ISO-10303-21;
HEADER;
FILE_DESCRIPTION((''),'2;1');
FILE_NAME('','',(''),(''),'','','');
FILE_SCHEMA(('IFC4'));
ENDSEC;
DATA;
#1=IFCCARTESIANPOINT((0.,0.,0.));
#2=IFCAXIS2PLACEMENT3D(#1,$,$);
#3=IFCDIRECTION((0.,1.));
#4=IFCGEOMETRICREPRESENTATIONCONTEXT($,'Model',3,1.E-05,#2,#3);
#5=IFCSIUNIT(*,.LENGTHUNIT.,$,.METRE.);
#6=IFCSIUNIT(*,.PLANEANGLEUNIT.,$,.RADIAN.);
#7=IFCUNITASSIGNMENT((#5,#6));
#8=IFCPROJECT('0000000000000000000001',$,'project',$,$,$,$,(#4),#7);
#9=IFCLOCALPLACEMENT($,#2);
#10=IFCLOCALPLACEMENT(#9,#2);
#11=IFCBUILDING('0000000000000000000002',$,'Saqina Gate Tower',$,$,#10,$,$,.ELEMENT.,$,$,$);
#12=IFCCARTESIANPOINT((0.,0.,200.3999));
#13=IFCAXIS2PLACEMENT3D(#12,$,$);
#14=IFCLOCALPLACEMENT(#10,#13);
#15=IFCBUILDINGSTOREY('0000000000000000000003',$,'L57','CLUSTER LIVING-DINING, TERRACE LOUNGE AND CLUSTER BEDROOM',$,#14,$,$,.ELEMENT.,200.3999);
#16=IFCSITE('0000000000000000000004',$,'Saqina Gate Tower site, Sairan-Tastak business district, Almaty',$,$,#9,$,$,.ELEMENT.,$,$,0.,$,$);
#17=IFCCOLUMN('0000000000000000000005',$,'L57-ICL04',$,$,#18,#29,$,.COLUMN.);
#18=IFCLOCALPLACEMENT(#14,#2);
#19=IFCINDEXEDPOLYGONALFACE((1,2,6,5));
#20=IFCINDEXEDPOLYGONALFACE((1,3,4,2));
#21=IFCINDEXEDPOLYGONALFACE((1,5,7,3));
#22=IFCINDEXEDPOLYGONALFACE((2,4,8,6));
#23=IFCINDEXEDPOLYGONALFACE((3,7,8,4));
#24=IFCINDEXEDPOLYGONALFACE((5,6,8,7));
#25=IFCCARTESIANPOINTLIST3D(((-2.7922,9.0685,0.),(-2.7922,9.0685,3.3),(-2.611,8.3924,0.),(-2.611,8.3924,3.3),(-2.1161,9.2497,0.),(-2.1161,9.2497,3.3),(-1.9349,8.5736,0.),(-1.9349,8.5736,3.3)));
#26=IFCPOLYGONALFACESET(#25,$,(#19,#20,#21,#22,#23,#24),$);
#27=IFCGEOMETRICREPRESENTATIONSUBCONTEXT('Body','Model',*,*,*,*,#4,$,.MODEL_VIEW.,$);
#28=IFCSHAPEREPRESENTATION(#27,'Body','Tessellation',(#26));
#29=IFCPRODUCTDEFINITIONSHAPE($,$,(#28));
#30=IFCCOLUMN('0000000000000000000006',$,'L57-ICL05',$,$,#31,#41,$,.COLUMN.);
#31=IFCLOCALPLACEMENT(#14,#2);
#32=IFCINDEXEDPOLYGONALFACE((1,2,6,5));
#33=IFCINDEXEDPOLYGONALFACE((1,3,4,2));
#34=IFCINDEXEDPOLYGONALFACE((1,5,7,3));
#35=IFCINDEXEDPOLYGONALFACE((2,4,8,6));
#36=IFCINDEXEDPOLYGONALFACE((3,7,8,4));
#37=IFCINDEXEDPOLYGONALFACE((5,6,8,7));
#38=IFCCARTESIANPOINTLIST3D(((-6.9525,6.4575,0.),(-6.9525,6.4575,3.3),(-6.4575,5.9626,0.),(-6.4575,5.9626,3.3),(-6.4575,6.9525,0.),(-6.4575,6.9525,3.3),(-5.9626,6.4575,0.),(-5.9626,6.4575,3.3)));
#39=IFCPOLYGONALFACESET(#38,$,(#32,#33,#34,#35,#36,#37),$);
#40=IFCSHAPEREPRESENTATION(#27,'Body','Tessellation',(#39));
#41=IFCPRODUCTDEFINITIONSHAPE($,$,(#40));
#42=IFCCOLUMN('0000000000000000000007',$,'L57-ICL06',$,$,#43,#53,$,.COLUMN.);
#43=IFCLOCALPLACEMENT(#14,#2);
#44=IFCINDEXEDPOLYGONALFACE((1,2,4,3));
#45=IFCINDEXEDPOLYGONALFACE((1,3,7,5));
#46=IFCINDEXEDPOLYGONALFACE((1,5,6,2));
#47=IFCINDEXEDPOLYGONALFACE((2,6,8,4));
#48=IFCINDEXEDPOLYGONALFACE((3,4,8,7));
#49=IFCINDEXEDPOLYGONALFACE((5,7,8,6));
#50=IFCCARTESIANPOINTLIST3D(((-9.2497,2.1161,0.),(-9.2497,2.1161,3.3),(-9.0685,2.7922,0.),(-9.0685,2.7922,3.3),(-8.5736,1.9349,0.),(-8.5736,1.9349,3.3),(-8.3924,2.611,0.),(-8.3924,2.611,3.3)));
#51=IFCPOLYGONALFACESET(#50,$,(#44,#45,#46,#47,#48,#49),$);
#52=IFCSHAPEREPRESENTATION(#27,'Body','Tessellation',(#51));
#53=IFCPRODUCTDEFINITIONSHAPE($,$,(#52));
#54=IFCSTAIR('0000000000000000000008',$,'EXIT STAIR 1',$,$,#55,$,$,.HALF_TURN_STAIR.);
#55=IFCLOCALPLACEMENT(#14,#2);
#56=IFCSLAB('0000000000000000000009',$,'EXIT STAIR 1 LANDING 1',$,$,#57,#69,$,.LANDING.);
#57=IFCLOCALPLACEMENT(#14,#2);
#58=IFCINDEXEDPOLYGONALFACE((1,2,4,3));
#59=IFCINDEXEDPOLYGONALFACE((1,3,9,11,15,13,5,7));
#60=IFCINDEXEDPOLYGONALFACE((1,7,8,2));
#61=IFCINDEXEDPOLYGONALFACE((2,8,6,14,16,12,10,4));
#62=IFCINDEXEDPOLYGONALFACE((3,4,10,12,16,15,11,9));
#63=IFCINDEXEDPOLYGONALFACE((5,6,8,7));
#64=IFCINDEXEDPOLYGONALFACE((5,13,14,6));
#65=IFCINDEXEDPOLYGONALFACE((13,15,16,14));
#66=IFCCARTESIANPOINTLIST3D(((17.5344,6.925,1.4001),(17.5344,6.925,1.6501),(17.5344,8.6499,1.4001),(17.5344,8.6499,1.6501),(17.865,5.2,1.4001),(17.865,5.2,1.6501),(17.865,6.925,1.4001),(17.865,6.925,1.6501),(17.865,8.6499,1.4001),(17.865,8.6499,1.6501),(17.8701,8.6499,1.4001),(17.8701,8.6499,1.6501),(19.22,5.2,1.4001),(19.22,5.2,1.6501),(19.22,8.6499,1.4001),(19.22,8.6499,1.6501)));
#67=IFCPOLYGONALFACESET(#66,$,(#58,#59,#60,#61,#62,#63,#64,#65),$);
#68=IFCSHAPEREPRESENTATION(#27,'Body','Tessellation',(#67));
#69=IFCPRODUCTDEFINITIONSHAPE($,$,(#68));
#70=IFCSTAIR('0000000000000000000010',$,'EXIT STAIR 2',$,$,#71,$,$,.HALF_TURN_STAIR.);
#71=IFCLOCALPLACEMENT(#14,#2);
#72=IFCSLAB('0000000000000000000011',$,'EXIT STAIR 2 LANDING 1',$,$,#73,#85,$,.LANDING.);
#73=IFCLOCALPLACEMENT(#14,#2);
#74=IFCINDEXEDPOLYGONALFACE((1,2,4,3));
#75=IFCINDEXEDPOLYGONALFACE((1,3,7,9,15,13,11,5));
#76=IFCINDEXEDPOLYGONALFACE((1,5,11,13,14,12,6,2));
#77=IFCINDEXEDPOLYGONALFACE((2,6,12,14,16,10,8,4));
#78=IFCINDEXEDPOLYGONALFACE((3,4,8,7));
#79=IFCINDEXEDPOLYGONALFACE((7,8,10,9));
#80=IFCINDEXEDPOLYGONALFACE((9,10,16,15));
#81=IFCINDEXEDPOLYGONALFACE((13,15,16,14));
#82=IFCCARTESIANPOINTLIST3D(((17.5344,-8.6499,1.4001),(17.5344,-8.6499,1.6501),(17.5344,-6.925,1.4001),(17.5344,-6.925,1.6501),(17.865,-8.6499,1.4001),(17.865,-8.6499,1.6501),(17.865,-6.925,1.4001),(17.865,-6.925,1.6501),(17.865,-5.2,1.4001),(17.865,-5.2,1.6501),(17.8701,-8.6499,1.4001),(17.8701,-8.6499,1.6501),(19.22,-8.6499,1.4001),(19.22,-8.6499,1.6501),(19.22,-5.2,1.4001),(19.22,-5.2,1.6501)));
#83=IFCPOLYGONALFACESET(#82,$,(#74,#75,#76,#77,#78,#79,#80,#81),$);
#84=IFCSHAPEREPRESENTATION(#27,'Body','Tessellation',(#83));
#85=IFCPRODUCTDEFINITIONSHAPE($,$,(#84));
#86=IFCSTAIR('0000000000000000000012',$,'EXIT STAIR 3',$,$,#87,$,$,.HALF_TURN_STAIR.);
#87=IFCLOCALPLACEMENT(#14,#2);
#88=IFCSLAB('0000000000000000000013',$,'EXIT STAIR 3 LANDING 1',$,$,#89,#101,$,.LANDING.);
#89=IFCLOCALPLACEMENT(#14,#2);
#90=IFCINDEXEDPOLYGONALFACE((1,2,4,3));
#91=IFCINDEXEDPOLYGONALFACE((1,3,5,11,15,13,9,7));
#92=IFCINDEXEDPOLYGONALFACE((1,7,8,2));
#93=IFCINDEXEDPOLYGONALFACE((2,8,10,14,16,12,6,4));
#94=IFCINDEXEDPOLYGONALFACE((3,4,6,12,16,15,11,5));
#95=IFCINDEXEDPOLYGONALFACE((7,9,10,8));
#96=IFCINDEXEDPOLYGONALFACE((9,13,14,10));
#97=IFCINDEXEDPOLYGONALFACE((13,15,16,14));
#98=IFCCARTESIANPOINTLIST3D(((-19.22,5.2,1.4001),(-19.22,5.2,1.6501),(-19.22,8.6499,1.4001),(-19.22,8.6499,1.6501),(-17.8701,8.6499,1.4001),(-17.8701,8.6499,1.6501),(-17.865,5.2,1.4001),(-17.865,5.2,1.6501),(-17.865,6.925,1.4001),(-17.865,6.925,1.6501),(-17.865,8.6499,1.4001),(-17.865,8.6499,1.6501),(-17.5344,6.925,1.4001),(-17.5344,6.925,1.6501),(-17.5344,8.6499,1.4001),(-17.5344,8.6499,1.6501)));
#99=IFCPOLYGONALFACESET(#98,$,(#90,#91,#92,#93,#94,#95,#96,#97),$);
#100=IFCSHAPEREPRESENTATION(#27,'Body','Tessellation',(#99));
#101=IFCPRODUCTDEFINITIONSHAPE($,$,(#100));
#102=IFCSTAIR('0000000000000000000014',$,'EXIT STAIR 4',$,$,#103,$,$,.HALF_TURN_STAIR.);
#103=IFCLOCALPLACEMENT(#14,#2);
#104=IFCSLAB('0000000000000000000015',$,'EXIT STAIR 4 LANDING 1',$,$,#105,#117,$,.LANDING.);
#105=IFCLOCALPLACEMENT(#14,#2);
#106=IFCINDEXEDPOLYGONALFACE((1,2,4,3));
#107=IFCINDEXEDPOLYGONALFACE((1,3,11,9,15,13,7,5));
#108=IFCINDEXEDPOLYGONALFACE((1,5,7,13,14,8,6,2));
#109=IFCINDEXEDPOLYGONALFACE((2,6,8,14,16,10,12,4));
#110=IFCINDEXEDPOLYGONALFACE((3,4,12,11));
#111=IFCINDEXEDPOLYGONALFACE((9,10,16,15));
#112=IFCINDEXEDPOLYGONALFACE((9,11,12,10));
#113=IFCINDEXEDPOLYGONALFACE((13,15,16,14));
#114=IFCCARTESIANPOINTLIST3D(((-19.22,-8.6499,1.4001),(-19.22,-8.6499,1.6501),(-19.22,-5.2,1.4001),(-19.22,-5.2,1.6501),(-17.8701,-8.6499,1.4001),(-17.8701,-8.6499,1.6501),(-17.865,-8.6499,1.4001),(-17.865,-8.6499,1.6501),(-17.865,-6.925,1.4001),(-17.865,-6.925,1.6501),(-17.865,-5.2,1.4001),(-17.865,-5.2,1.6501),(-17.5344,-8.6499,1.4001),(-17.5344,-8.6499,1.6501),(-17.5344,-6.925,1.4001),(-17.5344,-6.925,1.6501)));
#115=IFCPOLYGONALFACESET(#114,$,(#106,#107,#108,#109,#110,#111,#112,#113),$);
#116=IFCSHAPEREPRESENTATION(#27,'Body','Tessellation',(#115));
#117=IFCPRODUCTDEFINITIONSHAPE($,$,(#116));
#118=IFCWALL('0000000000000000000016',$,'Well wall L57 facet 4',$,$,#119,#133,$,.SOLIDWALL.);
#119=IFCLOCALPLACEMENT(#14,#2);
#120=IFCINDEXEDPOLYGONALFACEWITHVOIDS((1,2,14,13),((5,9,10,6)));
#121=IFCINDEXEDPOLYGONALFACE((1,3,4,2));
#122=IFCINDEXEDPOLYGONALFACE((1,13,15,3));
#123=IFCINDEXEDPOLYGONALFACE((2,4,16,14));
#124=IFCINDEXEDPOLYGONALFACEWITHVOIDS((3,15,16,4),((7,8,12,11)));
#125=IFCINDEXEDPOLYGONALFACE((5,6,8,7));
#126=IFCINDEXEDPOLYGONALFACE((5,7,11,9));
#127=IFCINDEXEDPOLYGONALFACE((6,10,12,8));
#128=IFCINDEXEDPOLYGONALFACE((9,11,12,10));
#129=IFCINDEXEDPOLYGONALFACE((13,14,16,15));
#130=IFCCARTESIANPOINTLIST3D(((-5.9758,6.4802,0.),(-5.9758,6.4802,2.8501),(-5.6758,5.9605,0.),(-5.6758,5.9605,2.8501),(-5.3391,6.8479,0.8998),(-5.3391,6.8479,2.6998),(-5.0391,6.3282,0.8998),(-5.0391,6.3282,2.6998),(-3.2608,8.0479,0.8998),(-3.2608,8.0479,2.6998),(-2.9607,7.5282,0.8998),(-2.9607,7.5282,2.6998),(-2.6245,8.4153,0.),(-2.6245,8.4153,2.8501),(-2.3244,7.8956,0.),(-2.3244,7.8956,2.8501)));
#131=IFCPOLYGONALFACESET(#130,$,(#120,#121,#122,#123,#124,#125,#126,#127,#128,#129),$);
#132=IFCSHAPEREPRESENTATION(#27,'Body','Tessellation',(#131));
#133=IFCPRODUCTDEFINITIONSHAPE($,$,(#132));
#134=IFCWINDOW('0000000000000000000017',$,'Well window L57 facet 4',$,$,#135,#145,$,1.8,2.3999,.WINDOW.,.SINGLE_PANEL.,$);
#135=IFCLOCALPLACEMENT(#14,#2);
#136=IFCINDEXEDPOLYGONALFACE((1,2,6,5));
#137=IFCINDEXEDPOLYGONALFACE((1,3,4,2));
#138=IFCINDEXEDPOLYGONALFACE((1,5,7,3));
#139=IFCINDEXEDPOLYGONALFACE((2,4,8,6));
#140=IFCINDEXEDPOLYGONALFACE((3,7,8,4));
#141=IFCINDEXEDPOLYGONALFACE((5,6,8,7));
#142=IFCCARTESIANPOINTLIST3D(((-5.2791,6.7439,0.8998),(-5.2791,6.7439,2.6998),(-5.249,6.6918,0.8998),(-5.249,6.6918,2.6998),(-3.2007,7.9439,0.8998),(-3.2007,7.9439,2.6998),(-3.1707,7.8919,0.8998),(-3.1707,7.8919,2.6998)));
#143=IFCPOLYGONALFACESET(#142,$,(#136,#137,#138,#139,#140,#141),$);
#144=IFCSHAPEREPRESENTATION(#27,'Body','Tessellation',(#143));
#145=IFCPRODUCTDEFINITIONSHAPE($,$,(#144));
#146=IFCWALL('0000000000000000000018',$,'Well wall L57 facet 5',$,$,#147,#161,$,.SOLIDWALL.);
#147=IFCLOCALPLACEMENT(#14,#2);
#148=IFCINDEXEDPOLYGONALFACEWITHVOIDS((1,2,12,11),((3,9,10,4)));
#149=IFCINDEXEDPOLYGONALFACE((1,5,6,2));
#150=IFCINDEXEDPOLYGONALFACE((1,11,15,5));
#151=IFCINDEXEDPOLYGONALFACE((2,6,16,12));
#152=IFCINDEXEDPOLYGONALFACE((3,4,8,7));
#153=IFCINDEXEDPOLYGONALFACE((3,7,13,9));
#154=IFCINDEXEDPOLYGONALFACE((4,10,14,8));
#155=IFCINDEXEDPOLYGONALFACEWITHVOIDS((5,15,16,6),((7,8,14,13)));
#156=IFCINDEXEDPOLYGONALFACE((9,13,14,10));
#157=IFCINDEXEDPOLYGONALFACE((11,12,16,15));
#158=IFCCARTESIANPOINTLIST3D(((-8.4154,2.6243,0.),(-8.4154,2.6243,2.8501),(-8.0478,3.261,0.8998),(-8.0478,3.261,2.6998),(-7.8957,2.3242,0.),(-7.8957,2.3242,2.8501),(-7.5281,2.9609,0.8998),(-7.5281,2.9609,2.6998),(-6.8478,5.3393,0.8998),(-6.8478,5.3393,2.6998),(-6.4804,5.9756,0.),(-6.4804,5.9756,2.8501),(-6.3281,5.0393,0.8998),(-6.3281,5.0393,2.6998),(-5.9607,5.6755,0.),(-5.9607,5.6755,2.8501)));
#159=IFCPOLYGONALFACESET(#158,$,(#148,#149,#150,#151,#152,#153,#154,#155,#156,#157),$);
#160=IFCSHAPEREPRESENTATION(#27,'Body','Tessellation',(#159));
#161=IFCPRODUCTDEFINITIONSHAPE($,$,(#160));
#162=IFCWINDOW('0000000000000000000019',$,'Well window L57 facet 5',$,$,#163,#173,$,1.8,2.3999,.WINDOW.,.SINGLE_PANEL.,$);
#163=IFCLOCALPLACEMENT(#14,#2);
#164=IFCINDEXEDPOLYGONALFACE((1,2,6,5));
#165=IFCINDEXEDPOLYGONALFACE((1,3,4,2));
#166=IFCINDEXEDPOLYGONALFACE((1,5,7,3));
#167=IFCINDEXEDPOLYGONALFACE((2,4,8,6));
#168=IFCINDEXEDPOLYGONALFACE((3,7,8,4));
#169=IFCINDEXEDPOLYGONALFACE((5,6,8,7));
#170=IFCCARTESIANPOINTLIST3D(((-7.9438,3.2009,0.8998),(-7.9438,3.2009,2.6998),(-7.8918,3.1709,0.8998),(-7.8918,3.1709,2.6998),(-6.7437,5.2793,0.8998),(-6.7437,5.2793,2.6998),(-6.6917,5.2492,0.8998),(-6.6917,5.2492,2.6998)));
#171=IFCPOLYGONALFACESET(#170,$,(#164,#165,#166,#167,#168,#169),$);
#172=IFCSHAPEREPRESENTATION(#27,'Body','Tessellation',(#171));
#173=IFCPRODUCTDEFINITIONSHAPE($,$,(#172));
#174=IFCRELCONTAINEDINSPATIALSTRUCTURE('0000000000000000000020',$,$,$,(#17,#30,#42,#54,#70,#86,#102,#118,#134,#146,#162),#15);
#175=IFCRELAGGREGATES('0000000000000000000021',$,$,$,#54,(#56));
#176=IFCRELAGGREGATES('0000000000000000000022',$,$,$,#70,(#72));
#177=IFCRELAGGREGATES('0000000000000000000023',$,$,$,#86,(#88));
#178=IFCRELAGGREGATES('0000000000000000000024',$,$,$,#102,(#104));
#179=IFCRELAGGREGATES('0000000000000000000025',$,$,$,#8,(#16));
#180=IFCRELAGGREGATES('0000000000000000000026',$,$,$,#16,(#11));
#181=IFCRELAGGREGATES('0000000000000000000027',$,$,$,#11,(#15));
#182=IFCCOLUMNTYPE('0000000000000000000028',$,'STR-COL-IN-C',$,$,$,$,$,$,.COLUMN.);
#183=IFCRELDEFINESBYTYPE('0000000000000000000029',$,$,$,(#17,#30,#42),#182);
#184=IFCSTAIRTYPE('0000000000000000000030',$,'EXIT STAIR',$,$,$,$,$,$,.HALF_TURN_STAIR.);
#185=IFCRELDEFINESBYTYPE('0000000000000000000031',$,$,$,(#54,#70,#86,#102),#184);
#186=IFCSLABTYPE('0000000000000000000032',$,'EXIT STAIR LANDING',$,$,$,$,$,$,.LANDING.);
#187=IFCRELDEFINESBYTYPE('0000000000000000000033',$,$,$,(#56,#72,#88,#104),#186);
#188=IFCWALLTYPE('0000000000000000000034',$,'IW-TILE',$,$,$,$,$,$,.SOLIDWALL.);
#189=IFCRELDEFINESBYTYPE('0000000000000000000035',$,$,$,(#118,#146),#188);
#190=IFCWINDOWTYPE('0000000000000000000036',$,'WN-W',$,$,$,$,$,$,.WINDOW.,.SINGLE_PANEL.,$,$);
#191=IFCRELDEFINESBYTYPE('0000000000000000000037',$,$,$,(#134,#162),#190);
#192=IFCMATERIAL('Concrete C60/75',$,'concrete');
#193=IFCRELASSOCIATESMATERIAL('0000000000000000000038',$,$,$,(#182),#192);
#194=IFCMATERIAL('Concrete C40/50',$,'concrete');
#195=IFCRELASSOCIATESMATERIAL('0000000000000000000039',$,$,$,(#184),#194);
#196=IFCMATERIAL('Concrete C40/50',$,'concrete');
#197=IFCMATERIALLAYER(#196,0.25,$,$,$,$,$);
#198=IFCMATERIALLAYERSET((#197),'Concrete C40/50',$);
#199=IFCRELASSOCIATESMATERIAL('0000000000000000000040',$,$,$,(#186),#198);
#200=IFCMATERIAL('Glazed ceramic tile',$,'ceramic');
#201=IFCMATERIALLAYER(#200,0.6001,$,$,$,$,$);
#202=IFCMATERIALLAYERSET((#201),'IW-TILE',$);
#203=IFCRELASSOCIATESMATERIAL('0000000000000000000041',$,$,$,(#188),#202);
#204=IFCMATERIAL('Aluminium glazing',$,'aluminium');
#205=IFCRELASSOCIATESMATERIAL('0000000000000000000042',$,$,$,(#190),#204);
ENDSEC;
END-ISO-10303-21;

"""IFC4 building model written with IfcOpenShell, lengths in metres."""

from ifc_helpers import new_model, si_unit, direction, frame, frame_2d, origin, origin_2d, place, context, subcontext, project, spatial, polyline, rectangle, outline, extrude, material, layer, layer_set, material_profile, profile_set, type_object, element, fill, aggregate, save


model = new_model("IFC4")

# Units and contexts
model_context = context("Model", 3, precision=1e-05, world=origin(), true_north=direction((0.0, 1.0)))
body_context = subcontext(model_context, "Body", "Model", "MODEL_VIEW")
ifc_project = project(units=[si_unit("LENGTHUNIT", "METRE"), si_unit("PLANEANGLEUNIT", "RADIAN")], contexts=[model_context])

# Site, building, storey
site_placement = place(None, origin())
site = spatial("IfcSite", under=ifc_project, at=site_placement, Name="Saqina Gate Tower site, Sairan-Tastak business district, Almaty", CompositionType="ELEMENT", RefElevation=0.0)
building_placement = place(site_placement, origin())
building = spatial("IfcBuilding", under=site, at=building_placement, Name="Saqina Gate Tower", CompositionType="ELEMENT")
storey_placement = place(building_placement, frame((0.0, 0.0, 200.3999)))
storey = spatial("IfcBuildingStorey", under=building, at=storey_placement, Name="L57", Description="CLUSTER LIVING-DINING, TERRACE LOUNGE AND CLUSTER BEDROOM", CompositionType="ELEMENT", Elevation=200.3999)

# Columns
ifc_material_1 = material(Name="Concrete C60/75", Category="concrete")
ifc_material_profile = material_profile(ifc_material_1, rectangle(XDim=0.7, YDim=0.7, at=origin_2d()), Name="RC 700x700")
ifc_profile_set = profile_set([ifc_material_profile], Name="Concrete C60/75")
column_type = type_object("IfcColumnType", Name="STR-COL-IN-C", PredefinedType="COLUMN", material=ifc_profile_set)
for number, where, z_axis, x_axis, name in (
    (1, (-2.3635, 8.821, 0.0), (0.0, 0.0, 1.0), (-0.258819, 0.965926, 0.0), "L57-ICL04"),
    (2, (-6.4575, 6.4575, 0.0), (0.0, 0.0, 1.0), (-0.707107, 0.707107, 0.0), "L57-ICL05"),
    (3, (-8.821, 2.3635, 0.0), (0.0, 0.0, 1.0), (-0.965926, 0.258819, 0.0), "L57-ICL06"),
):
    element("IfcColumn", number, at=place(storey_placement, frame(where, z_axis=z_axis, x_axis=x_axis)), inside=storey, type_object=column_type, Name=name, PredefinedType="COLUMN", context=body_context, shape_type="SweptSolid", body=[
        extrude(rectangle(XDim=0.7, YDim=0.7, at=origin_2d()), origin(), (0.0, 0.0, 1.0), 3.3),
    ])

# Stairs, slabs
ifc_material_2 = material(Name="Concrete C40/50", Category="concrete")
stair_type = type_object("IfcStairType", Name="EXIT STAIR", PredefinedType="HALF_TURN_STAIR", material=ifc_material_2)
stair_1_placement = place(storey_placement, origin())
stair_1 = element("IfcStair", 4, at=stair_1_placement, inside=storey, type_object=stair_type, Name="EXIT STAIR 1", PredefinedType="HALF_TURN_STAIR")
ifc_material_3 = material(Name="Concrete C40/50", Category="concrete")
ifc_layer_1 = layer(ifc_material_3, 0.25)
ifc_layer_set_1 = layer_set([ifc_layer_1], Name="Concrete C40/50")
slab_type = type_object("IfcSlabType", Name="EXIT STAIR LANDING", PredefinedType="LANDING", material=ifc_layer_set_1)
slab_1_placement = place(storey_placement, frame((0.0, 0.0, 1.4001)))
slab_1 = element("IfcSlab", 5, at=slab_1_placement, type_object=slab_type, Name="EXIT STAIR 1 LANDING 1", PredefinedType="LANDING", context=body_context, shape_type="SweptSolid", body=[
    extrude(outline(polyline([(19.22, 8.6499), (19.22, 5.2), (17.865, 5.2), (17.865, 6.925), (17.5344, 6.925), (17.5344, 8.6499), (17.865, 8.6499), (17.8701, 8.6499), (19.22, 8.6499)])), origin(), (0.0, 0.0, 1.0), 0.25),
])
aggregate(stair_1, [slab_1])
stair_2_placement = place(storey_placement, origin())
stair_2 = element("IfcStair", 6, at=stair_2_placement, inside=storey, type_object=stair_type, Name="EXIT STAIR 2", PredefinedType="HALF_TURN_STAIR")
slab_2_placement = place(storey_placement, frame((0.0, 0.0, 1.4001)))
slab_2 = element("IfcSlab", 7, at=slab_2_placement, type_object=slab_type, Name="EXIT STAIR 2 LANDING 1", PredefinedType="LANDING", context=body_context, shape_type="SweptSolid", body=[
    extrude(outline(polyline([(17.5344, -8.6499), (17.5344, -6.925), (17.865, -6.925), (17.865, -5.2), (19.22, -5.2), (19.22, -8.6499), (17.8701, -8.6499), (17.865, -8.6499), (17.5344, -8.6499)])), origin(), (0.0, 0.0, 1.0), 0.25),
])
aggregate(stair_2, [slab_2])
stair_3_placement = place(storey_placement, origin())
stair_3 = element("IfcStair", 8, at=stair_3_placement, inside=storey, type_object=stair_type, Name="EXIT STAIR 3", PredefinedType="HALF_TURN_STAIR")
slab_3_placement = place(storey_placement, frame((0.0, 0.0, 1.4001)))
slab_3 = element("IfcSlab", 9, at=slab_3_placement, type_object=slab_type, Name="EXIT STAIR 3 LANDING 1", PredefinedType="LANDING", context=body_context, shape_type="SweptSolid", body=[
    extrude(outline(polyline([(-17.865, 5.2), (-19.22, 5.2), (-19.22, 8.6499), (-17.8701, 8.6499), (-17.865, 8.6499), (-17.5344, 8.6499), (-17.5344, 6.925), (-17.865, 6.925), (-17.865, 5.2)])), origin(), (0.0, 0.0, 1.0), 0.25),
])
aggregate(stair_3, [slab_3])
stair_4_placement = place(storey_placement, origin())
stair_4 = element("IfcStair", 10, at=stair_4_placement, inside=storey, type_object=stair_type, Name="EXIT STAIR 4", PredefinedType="HALF_TURN_STAIR")
slab_4_placement = place(storey_placement, frame((0.0, 0.0, 1.4001)))
slab_4 = element("IfcSlab", 11, at=slab_4_placement, type_object=slab_type, Name="EXIT STAIR 4 LANDING 1", PredefinedType="LANDING", context=body_context, shape_type="SweptSolid", body=[
    extrude(outline(polyline([(-17.5344, -6.925), (-17.5344, -8.6499), (-17.865, -8.6499), (-17.8701, -8.6499), (-19.22, -8.6499), (-19.22, -5.2), (-17.865, -5.2), (-17.865, -6.925), (-17.5344, -6.925)])), origin(), (0.0, 0.0, 1.0), 0.25),
])
aggregate(stair_4, [slab_4])

# Walls, openings, windows
ifc_material_4 = material(Name="Glazed ceramic tile", Category="ceramic")
ifc_layer_2 = layer(ifc_material_4, 0.6001)
ifc_layer_set_2 = layer_set([ifc_layer_2], Name="IW-TILE")
wall_type_1 = type_object("IfcWallType", Name="IW-TILE", PredefinedType="SOLIDWALL", material=ifc_layer_set_2)
wall_1_placement = place(storey_placement, frame((-2.4744, 8.1555, 0.0), z_axis=(0.0, 0.0, 1.0), x_axis=(-0.866006, -0.500034, 0.0)))
wall_1 = element("IfcWall", 12, at=wall_1_placement, inside=storey, type_object=wall_type_1, Name="Well wall L57 facet 4", PredefinedType="SOLIDWALL", context=body_context, shape_type="SweptSolid", body=[
    extrude(rectangle(XDim=3.8699, YDim=0.6001, at=frame_2d((1.9351, 0.0))), origin(), (0.0, 0.0, 1.0), 2.8501),
])
opening_1_placement = place(wall_1_placement, frame((0.7349, 0.0, 0.8999)))
opening_1 = element("IfcOpeningElement", 13, at=opening_1_placement, cuts=wall_1, PredefinedType="OPENING", context=body_context, shape_type="SweptSolid", body=[
    extrude(rectangle(XDim=2.3999, YDim=1.8, at=frame_2d((1.2, 0.8999))), frame((0.0, 0.312, 0.0), z_axis=(0.0, -1.0, 0.0), x_axis=(1.0, 0.0, 0.0)), (0.0, 0.0, 1.0), 0.624),
])
ifc_material_5 = material(Name="Aluminium glazing", Category="aluminium")
window_type = type_object("IfcWindowType", Name="WN-W", PartitioningType="SINGLE_PANEL", PredefinedType="WINDOW", material=ifc_material_5)
window_1_placement = place(opening_1_placement, origin())
window_1 = element("IfcWindow", 14, at=window_1_placement, inside=storey, type_object=window_type, Name="Well window L57 facet 4", OverallHeight=1.8, OverallWidth=2.3999, PartitioningType="SINGLE_PANEL", PredefinedType="WINDOW", context=body_context, shape_type="SweptSolid", body=[
    extrude(rectangle(XDim=2.3999, YDim=1.8, at=frame_2d((1.2, 0.8999))), frame((0.0, -0.1199, 0.0), z_axis=(0.0, -1.0, 0.0), x_axis=(1.0, 0.0, 0.0)), (0.0, 0.0, 1.0), 0.0601),
])
fill(opening_1, window_1)
wall_2_placement = place(storey_placement, frame((-6.2205, 5.8257, 0.0), z_axis=(0.0, 0.0, 1.0), x_axis=(-0.500034, -0.866006, 0.0)))
wall_2 = element("IfcWall", 15, at=wall_2_placement, inside=storey, type_object=wall_type_1, Name="Well wall L57 facet 5", PredefinedType="SOLIDWALL", context=body_context, shape_type="SweptSolid", body=[
    extrude(rectangle(XDim=3.8699, YDim=0.6001, at=frame_2d((1.9351, 0.0))), origin(), (0.0, 0.0, 1.0), 2.8501),
])
opening_2_placement = place(wall_2_placement, frame((0.7349, 0.0, 0.8999)))
opening_2 = element("IfcOpeningElement", 16, at=opening_2_placement, cuts=wall_2, PredefinedType="OPENING", context=body_context, shape_type="SweptSolid", body=[
    extrude(rectangle(XDim=2.3999, YDim=1.8, at=frame_2d((1.2, 0.8999))), frame((0.0, 0.312, 0.0), z_axis=(0.0, -1.0, 0.0), x_axis=(1.0, 0.0, 0.0)), (0.0, 0.0, 1.0), 0.624),
])
window_2_placement = place(opening_2_placement, origin())
window_2 = element("IfcWindow", 17, at=window_2_placement, inside=storey, type_object=window_type, Name="Well window L57 facet 5", OverallHeight=1.8, OverallWidth=2.3999, PartitioningType="SINGLE_PANEL", PredefinedType="WINDOW", context=body_context, shape_type="SweptSolid", body=[
    extrude(rectangle(XDim=2.3999, YDim=1.8, at=frame_2d((1.2, 0.8999))), frame((0.0, -0.1199, 0.0), z_axis=(0.0, -1.0, 0.0), x_axis=(1.0, 0.0, 0.0)), (0.0, 0.0, 1.0), 0.0601),
])
fill(opening_2, window_2)

save(model, "model.ifc")
